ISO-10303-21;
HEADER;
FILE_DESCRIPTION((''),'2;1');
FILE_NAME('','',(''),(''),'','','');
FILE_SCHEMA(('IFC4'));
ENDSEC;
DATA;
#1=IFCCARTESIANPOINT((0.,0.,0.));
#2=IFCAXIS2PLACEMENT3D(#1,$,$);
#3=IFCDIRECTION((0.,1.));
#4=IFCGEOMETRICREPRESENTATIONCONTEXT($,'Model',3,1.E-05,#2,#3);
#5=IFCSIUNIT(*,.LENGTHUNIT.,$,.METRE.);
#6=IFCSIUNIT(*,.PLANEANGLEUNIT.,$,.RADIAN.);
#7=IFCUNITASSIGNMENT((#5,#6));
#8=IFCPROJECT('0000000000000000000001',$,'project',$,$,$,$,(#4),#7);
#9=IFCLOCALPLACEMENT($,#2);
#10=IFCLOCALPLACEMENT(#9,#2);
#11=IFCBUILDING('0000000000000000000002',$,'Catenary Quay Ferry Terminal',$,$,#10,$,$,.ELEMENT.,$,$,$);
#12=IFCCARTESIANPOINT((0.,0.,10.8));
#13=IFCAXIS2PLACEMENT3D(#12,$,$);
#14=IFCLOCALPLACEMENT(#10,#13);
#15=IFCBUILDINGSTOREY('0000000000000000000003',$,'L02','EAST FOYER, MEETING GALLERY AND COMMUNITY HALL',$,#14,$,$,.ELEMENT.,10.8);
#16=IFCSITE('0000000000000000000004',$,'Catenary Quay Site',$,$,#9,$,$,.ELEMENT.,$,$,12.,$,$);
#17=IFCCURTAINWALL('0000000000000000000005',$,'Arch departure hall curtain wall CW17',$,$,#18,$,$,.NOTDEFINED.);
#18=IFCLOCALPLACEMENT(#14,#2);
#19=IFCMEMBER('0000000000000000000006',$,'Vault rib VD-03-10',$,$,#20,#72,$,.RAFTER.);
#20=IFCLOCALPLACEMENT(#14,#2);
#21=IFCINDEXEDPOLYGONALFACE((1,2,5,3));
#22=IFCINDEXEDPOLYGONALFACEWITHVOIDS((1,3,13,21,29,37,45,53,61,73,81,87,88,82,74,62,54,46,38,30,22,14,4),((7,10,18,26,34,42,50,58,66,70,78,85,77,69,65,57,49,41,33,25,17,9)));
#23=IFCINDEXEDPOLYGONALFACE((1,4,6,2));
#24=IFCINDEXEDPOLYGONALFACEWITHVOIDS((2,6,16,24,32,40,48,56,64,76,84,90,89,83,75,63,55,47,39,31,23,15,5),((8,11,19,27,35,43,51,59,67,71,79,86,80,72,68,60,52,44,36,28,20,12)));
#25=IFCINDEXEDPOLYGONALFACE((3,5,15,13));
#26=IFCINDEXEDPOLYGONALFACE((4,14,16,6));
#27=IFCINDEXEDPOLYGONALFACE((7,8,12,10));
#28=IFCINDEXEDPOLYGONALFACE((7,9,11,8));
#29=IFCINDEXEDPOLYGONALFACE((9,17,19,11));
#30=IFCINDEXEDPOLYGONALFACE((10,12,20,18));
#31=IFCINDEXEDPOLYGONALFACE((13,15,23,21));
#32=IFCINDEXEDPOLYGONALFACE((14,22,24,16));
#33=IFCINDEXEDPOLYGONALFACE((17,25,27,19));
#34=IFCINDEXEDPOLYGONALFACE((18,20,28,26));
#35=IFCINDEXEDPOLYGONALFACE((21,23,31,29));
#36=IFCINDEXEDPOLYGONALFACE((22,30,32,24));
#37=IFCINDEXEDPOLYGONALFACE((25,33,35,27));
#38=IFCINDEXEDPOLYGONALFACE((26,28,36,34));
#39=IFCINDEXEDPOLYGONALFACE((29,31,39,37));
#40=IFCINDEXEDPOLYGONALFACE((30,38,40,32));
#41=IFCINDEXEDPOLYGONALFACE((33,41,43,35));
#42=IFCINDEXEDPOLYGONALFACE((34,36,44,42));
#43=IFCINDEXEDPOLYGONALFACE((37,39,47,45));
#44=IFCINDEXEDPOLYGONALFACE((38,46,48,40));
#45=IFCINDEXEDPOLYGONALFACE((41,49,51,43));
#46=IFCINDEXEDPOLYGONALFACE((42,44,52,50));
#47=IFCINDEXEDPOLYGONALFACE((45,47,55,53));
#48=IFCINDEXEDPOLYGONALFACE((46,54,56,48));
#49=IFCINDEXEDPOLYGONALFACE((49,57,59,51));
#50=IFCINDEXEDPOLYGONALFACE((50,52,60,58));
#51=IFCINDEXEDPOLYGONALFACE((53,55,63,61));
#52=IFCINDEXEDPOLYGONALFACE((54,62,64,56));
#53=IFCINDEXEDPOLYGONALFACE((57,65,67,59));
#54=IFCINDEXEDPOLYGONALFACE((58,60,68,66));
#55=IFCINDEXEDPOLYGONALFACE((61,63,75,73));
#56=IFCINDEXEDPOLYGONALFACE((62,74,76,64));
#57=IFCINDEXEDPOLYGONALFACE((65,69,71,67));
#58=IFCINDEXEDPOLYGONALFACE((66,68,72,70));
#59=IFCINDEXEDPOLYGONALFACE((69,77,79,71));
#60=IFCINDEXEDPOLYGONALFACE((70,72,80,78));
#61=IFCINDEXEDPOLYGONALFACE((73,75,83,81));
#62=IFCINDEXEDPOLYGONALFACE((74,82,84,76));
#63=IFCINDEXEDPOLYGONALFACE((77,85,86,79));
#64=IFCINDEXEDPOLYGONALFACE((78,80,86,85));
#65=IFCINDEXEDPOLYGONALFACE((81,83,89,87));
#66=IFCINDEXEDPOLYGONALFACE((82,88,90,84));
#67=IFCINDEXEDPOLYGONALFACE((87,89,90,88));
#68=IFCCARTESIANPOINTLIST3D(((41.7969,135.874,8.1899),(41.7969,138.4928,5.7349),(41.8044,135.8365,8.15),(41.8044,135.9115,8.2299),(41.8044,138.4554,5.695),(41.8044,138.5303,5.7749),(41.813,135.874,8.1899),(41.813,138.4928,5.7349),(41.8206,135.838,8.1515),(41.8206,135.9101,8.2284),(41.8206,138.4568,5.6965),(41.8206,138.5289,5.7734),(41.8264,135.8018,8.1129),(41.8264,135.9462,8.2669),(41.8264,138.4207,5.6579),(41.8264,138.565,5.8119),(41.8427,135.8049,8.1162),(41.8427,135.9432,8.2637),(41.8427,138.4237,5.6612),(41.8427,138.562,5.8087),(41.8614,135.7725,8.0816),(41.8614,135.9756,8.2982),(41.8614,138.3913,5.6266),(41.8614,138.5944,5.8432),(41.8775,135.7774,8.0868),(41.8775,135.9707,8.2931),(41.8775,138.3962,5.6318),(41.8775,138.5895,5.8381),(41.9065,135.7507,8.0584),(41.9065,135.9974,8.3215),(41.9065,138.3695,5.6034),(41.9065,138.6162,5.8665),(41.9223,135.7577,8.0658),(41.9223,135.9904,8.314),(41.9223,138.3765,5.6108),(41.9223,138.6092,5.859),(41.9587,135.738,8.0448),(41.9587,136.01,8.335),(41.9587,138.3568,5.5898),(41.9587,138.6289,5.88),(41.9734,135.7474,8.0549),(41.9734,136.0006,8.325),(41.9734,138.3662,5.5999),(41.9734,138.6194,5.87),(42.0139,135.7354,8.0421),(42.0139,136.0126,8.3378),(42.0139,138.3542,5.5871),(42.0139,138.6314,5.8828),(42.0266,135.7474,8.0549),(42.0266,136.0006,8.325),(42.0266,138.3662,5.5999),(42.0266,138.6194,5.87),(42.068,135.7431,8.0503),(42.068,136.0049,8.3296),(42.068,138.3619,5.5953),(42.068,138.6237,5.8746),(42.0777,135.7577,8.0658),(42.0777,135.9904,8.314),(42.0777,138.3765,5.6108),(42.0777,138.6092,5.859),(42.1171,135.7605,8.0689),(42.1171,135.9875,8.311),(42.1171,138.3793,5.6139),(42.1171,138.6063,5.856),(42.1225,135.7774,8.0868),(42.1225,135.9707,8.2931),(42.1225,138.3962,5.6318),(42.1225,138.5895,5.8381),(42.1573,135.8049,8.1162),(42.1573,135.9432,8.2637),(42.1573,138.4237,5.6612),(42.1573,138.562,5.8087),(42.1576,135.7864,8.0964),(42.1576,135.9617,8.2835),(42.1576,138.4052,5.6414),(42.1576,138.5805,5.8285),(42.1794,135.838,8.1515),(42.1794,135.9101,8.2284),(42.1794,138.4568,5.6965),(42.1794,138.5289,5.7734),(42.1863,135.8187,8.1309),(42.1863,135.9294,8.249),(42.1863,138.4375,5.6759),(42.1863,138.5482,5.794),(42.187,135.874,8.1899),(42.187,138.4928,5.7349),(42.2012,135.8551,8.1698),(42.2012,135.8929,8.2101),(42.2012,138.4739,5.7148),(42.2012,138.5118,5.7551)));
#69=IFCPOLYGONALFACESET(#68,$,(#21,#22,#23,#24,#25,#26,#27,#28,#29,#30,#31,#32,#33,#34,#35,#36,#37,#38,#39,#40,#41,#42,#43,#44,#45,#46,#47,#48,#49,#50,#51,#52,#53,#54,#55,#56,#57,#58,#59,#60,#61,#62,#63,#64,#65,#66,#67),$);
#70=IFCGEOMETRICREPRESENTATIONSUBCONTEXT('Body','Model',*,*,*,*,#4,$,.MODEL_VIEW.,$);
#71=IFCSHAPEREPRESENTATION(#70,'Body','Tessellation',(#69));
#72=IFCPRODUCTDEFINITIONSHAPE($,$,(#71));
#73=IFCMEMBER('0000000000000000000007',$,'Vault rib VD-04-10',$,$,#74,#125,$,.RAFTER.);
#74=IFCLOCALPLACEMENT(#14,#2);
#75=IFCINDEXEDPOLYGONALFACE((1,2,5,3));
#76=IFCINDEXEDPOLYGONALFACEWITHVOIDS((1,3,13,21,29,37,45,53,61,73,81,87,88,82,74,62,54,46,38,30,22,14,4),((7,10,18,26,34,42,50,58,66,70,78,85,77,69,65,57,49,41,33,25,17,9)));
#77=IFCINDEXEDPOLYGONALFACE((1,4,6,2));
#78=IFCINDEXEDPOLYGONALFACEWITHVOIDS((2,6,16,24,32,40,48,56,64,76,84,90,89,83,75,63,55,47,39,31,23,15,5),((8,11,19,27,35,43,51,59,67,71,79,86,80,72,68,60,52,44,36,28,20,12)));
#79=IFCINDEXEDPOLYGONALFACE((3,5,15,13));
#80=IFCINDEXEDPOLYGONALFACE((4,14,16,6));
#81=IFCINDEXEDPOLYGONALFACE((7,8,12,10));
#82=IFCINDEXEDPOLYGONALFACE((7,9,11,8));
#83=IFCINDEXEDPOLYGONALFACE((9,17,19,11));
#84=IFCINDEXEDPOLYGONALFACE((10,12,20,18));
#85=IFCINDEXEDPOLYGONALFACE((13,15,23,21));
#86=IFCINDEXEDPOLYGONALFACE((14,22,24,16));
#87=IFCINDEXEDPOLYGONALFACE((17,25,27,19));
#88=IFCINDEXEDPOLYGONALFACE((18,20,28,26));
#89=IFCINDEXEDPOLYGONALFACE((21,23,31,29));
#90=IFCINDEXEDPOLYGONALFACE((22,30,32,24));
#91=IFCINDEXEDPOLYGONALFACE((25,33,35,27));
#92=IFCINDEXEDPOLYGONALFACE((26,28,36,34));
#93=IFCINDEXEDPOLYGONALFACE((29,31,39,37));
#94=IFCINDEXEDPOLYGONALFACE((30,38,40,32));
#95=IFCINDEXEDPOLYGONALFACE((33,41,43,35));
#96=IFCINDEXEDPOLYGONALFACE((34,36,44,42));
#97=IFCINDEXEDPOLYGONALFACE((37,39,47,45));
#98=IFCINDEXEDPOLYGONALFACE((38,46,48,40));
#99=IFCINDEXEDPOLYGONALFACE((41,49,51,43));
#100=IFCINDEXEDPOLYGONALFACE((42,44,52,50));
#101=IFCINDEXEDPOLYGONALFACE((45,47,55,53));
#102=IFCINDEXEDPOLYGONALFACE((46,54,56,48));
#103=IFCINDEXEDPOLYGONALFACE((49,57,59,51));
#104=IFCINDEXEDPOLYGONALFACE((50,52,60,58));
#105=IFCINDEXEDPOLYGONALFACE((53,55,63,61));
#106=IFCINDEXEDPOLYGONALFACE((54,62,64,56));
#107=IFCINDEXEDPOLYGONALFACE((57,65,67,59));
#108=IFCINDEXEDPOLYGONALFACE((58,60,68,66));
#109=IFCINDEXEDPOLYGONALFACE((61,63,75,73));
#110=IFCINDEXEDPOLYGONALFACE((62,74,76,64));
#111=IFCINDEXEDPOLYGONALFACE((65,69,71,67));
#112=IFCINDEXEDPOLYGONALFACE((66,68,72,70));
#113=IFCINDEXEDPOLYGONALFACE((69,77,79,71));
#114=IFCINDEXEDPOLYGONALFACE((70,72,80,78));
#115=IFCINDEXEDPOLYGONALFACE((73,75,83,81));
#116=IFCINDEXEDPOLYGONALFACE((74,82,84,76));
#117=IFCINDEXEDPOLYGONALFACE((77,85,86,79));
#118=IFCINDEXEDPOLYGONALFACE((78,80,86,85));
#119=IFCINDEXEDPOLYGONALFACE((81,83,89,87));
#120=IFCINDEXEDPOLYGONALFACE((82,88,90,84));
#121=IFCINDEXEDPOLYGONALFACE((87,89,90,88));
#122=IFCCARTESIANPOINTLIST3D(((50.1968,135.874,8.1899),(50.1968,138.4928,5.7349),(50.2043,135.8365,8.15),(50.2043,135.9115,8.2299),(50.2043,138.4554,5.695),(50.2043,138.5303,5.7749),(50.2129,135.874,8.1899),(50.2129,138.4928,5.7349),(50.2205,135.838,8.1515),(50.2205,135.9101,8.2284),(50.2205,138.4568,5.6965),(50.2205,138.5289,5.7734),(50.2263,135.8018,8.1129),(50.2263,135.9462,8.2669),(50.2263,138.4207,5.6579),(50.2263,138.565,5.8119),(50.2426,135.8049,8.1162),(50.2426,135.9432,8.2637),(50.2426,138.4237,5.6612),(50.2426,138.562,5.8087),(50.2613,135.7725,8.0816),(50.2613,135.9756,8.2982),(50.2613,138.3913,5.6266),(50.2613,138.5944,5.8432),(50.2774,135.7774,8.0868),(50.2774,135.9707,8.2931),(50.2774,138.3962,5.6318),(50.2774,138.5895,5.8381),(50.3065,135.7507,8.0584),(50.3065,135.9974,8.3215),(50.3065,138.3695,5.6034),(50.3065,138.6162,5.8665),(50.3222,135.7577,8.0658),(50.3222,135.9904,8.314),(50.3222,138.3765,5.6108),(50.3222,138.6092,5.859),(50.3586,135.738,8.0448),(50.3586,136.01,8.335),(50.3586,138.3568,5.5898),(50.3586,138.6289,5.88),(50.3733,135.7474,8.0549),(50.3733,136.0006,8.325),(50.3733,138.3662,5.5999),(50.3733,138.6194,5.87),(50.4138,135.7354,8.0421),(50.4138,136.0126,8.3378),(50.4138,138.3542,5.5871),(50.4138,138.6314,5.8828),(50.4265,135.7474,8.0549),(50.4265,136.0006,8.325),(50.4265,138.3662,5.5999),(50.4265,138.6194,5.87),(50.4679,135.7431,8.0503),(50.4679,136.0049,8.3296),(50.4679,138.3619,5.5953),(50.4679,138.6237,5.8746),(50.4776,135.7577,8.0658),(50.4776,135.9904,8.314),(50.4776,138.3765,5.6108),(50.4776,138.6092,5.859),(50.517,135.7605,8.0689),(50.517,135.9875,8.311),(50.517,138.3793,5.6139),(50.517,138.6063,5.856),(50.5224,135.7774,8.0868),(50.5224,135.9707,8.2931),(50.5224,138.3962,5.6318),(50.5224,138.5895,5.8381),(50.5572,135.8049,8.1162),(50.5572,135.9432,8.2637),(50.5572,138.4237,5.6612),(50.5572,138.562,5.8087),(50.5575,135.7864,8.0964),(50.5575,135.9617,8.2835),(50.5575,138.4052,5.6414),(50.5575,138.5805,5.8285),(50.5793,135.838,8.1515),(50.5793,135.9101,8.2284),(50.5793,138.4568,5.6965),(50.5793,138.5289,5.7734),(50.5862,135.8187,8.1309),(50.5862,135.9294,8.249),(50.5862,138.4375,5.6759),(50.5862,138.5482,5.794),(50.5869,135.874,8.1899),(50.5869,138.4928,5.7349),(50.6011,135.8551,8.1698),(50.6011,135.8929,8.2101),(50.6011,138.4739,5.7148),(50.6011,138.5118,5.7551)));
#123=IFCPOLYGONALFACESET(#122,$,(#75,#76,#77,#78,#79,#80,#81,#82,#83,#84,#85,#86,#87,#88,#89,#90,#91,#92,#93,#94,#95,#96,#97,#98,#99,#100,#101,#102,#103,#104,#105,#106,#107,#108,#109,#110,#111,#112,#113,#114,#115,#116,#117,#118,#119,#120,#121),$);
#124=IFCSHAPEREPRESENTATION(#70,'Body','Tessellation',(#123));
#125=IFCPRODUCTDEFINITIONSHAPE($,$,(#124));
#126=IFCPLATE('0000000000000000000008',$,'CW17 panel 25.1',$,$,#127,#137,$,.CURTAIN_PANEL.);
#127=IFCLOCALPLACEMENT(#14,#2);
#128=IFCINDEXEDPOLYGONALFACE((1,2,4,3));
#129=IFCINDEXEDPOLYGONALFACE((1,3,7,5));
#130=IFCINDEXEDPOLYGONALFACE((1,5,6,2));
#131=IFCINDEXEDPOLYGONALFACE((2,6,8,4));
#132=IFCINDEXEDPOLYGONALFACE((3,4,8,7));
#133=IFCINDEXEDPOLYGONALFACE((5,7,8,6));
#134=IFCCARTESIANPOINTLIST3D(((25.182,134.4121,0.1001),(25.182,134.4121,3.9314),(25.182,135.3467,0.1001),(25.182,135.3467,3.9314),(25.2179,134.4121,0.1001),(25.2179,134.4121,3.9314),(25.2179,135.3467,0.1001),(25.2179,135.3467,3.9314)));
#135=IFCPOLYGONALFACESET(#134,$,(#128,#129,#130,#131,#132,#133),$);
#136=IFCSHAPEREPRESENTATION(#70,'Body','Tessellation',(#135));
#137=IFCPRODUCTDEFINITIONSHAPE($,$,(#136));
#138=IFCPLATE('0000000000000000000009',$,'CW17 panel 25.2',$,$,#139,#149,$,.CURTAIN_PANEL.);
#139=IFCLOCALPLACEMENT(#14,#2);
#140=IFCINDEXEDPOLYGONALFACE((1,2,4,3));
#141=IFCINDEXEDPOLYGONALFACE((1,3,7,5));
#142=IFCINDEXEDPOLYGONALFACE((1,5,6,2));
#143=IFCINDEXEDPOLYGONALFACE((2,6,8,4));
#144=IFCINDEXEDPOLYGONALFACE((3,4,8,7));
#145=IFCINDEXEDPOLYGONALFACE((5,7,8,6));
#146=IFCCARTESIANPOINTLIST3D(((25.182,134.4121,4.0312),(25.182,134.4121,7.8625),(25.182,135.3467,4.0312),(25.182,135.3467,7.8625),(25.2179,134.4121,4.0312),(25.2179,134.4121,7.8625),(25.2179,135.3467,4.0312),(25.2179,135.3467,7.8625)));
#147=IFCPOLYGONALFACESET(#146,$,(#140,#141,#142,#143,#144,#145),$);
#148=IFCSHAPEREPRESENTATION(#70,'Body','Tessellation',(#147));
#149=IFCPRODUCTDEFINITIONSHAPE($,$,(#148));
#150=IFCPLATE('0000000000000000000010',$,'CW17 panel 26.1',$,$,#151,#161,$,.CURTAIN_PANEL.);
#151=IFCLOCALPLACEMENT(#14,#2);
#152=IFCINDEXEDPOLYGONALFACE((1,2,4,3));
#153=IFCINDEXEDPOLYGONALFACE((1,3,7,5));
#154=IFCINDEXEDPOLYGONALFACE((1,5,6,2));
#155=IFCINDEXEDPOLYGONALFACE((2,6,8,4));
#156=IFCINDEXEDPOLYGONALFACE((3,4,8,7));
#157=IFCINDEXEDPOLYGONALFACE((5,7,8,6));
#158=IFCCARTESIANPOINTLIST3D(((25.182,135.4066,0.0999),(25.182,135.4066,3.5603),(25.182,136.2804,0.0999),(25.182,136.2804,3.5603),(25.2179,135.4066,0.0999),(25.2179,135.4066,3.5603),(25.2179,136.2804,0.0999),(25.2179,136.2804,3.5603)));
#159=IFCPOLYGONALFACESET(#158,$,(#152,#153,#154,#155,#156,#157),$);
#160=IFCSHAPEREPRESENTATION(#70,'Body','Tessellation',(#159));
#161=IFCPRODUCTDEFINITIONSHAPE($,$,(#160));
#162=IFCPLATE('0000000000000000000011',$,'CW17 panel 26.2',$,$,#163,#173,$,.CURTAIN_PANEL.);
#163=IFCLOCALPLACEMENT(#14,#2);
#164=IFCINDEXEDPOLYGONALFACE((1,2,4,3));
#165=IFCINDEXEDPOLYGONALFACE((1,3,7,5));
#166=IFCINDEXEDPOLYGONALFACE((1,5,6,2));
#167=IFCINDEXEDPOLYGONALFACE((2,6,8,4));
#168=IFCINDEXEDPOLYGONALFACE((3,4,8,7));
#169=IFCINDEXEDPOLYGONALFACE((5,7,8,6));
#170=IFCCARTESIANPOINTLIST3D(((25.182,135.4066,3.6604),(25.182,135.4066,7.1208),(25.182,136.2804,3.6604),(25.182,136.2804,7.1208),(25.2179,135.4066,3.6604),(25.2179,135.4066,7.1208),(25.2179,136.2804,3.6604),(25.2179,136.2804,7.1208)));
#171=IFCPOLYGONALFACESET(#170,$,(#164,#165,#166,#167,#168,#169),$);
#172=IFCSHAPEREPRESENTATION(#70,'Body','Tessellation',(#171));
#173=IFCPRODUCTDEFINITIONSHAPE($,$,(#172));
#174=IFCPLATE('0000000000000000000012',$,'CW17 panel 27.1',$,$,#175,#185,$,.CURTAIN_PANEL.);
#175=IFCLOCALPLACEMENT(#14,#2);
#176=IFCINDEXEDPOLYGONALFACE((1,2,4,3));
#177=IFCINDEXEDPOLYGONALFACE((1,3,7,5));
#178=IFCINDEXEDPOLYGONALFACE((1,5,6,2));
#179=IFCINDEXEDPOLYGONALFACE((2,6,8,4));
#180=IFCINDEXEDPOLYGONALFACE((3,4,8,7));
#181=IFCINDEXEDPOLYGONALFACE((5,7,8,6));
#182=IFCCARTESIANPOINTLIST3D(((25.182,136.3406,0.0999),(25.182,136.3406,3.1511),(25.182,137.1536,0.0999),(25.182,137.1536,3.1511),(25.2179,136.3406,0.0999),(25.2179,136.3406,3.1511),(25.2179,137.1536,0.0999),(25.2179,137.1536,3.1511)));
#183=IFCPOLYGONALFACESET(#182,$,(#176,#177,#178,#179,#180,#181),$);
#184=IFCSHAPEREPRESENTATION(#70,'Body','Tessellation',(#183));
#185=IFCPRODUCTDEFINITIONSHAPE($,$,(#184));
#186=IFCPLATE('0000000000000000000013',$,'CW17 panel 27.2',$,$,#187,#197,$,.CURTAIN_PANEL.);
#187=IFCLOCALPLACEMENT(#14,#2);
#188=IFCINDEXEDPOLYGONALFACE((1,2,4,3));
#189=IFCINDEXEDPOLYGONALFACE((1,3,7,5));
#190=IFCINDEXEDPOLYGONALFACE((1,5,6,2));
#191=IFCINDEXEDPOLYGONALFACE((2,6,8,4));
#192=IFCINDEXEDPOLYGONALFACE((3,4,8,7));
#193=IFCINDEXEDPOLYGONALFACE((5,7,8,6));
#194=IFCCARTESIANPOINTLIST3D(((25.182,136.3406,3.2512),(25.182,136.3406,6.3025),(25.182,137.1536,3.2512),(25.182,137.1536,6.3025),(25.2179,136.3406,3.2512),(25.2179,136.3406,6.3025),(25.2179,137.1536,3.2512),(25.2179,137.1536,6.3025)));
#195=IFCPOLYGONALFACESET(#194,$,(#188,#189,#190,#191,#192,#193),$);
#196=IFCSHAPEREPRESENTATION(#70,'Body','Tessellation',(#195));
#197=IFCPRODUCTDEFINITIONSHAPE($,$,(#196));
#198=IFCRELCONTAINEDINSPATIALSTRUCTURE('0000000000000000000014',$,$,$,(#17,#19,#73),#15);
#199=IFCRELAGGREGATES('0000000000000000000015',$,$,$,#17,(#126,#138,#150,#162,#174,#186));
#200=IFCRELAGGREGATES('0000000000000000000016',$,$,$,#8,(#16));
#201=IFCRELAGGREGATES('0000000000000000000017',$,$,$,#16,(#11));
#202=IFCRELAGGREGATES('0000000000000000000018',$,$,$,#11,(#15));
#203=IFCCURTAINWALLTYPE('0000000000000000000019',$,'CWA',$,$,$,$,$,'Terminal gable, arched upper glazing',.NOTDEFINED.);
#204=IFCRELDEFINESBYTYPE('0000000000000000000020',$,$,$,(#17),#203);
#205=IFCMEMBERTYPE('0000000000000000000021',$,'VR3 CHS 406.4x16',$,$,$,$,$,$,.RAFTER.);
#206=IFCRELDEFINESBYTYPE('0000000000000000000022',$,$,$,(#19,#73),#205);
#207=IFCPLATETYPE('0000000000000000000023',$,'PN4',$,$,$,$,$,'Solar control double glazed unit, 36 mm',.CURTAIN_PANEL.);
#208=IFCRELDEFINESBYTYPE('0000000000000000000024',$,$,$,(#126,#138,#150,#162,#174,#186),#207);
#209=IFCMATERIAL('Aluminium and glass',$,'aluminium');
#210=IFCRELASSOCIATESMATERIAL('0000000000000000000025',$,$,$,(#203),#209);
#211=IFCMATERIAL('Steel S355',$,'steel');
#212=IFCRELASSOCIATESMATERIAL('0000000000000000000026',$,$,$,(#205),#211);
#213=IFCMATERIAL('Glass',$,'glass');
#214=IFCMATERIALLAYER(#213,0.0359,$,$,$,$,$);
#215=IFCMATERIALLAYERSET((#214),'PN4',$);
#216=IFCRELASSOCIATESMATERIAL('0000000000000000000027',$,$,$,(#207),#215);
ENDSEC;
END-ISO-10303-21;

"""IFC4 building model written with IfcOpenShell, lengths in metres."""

from ifc_helpers import new_model, si_unit, direction, frame, origin, origin_2d, place, context, subcontext, project, spatial, rectangle, hollow_circle, extrude, material, layer, layer_set, material_profile, profile_set, type_object, element, aggregate, save


model = new_model("IFC4")

# Units and contexts
model_context = context("Model", 3, precision=1e-05, world=origin(), true_north=direction((0.0, 1.0)))
body_context = subcontext(model_context, "Body", "Model", "MODEL_VIEW")
ifc_project = project(units=[si_unit("LENGTHUNIT", "METRE"), si_unit("PLANEANGLEUNIT", "RADIAN")], contexts=[model_context])

# Site, building, storey
site_placement = place(None, origin())
site = spatial("IfcSite", under=ifc_project, at=site_placement, Name="Catenary Quay Site", CompositionType="ELEMENT", RefElevation=12.0)
building_placement = place(site_placement, origin())
building = spatial("IfcBuilding", under=site, at=building_placement, Name="Catenary Quay Ferry Terminal", CompositionType="ELEMENT")
storey_placement = place(building_placement, frame((0.0, 0.0, 10.8)))
storey = spatial("IfcBuildingStorey", under=building, at=storey_placement, Name="L02", Description="EAST FOYER, MEETING GALLERY AND COMMUNITY HALL", CompositionType="ELEMENT", Elevation=10.8)

# Curtain wall
ifc_material_1 = material(Name="Aluminium and glass", Category="aluminium")
curtain_wall_type = type_object("IfcCurtainWallType", Name="CWA", ElementType="Terminal gable, arched upper glazing", PredefinedType="NOTDEFINED", material=ifc_material_1)
curtain_wall_placement = place(storey_placement, origin())
curtain_wall = element("IfcCurtainWall", 1, at=curtain_wall_placement, inside=storey, type_object=curtain_wall_type, Name="Arch departure hall curtain wall CW17", PredefinedType="NOTDEFINED")

# Members
ifc_material_2 = material(Name="Steel S355", Category="steel")
ifc_material_profile_1 = material_profile(ifc_material_2, hollow_circle(Radius=0.2031, WallThickness=0.0161, at=origin_2d()), Name="CHS 406.4x16")
ifc_profile_set_1 = profile_set([ifc_material_profile_1], Name="Steel S355")
member_type_1 = type_object("IfcMemberType", Name="VR3 CHS 406.4x16", PredefinedType="RAFTER", material=ifc_profile_set_1)
for number, where, z_axis, x_axis, name in (
    (2, (42.0, 135.874, 8.1899), (0.0, 0.729556, -0.683921), (-1.0, 0.0, 0.0), "Vault rib VD-03-10"),
    (3, (50.3999, 135.874, 8.1899), (0.0, 0.729556, -0.683921), (-1.0, 0.0, 0.0), "Vault rib VD-04-10"),
):
    element("IfcMember", number, at=place(storey_placement, frame(where, z_axis=z_axis, x_axis=x_axis)), inside=storey, type_object=member_type_1, Name=name, PredefinedType="RAFTER", context=body_context, shape_type="SweptSolid", body=[
        extrude(hollow_circle(Radius=0.2031, WallThickness=0.0161, at=origin_2d()), origin(), (0.0, 0.0, 1.0), 3.5896),
    ])

# Plates
ifc_material_3 = material(Name="Glass", Category="glass")
ifc_layer_1 = layer(ifc_material_3, 0.0359)
ifc_layer_set_1 = layer_set([ifc_layer_1], Name="PN4")
plate_type_1 = type_object("IfcPlateType", Name="PN4", ElementType="Solar control double glazed unit, 36 mm", PredefinedType="CURTAIN_PANEL", material=ifc_layer_set_1)
plate_1_placement = place(storey_placement, frame((25.2, 134.8794, 0.1001), z_axis=(0.0, 0.0, 1.0), x_axis=(0.0, 1.0, 0.0)))
plate_1 = element("IfcPlate", 4, at=plate_1_placement, type_object=plate_type_1, Name="CW17 panel 25.1", PredefinedType="CURTAIN_PANEL", context=body_context, shape_type="SweptSolid", body=[
    extrude(rectangle(XDim=0.9346, YDim=0.0359, at=origin_2d()), origin(), (0.0, 0.0, 1.0), 3.8313),
])
plate_2_placement = place(storey_placement, frame((25.2, 134.8794, 4.0312), z_axis=(0.0, 0.0, 1.0), x_axis=(0.0, 1.0, 0.0)))
plate_2 = element("IfcPlate", 5, at=plate_2_placement, type_object=plate_type_1, Name="CW17 panel 25.2", PredefinedType="CURTAIN_PANEL", context=body_context, shape_type="SweptSolid", body=[
    extrude(rectangle(XDim=0.9346, YDim=0.0359, at=origin_2d()), origin(), (0.0, 0.0, 1.0), 3.8313),
])
plate_3_placement = place(storey_placement, frame((25.2, 135.8435, 0.0999), z_axis=(0.0, 0.0, 1.0), x_axis=(0.0, 1.0, 0.0)))
plate_3 = element("IfcPlate", 6, at=plate_3_placement, type_object=plate_type_1, Name="CW17 panel 26.1", PredefinedType="CURTAIN_PANEL", context=body_context, shape_type="SweptSolid", body=[
    extrude(rectangle(XDim=0.8738, YDim=0.0359, at=origin_2d()), origin(), (0.0, 0.0, 1.0), 3.4604),
])
plate_4_placement = place(storey_placement, frame((25.2, 135.8435, 3.6604), z_axis=(0.0, 0.0, 1.0), x_axis=(0.0, 1.0, 0.0)))
plate_4 = element("IfcPlate", 7, at=plate_4_placement, type_object=plate_type_1, Name="CW17 panel 26.2", PredefinedType="CURTAIN_PANEL", context=body_context, shape_type="SweptSolid", body=[
    extrude(rectangle(XDim=0.8738, YDim=0.0359, at=origin_2d()), origin(), (0.0, 0.0, 1.0), 3.4604),
])
plate_5_placement = place(storey_placement, frame((25.2, 136.7471, 0.0999), z_axis=(0.0, 0.0, 1.0), x_axis=(0.0, 1.0, 0.0)))
plate_5 = element("IfcPlate", 8, at=plate_5_placement, type_object=plate_type_1, Name="CW17 panel 27.1", PredefinedType="CURTAIN_PANEL", context=body_context, shape_type="SweptSolid", body=[
    extrude(rectangle(XDim=0.813, YDim=0.0359, at=origin_2d()), origin(), (0.0, 0.0, 1.0), 3.0513),
])
plate_6_placement = place(storey_placement, frame((25.2, 136.7471, 3.2512), z_axis=(0.0, 0.0, 1.0), x_axis=(0.0, 1.0, 0.0)))
plate_6 = element("IfcPlate", 9, at=plate_6_placement, type_object=plate_type_1, Name="CW17 panel 27.2", PredefinedType="CURTAIN_PANEL", context=body_context, shape_type="SweptSolid", body=[
    extrude(rectangle(XDim=0.813, YDim=0.0359, at=origin_2d()), origin(), (0.0, 0.0, 1.0), 3.0513),
])
aggregate(curtain_wall, [plate_1, plate_2, plate_3, plate_4, plate_5, plate_6])

save(model, "model.ifc")
